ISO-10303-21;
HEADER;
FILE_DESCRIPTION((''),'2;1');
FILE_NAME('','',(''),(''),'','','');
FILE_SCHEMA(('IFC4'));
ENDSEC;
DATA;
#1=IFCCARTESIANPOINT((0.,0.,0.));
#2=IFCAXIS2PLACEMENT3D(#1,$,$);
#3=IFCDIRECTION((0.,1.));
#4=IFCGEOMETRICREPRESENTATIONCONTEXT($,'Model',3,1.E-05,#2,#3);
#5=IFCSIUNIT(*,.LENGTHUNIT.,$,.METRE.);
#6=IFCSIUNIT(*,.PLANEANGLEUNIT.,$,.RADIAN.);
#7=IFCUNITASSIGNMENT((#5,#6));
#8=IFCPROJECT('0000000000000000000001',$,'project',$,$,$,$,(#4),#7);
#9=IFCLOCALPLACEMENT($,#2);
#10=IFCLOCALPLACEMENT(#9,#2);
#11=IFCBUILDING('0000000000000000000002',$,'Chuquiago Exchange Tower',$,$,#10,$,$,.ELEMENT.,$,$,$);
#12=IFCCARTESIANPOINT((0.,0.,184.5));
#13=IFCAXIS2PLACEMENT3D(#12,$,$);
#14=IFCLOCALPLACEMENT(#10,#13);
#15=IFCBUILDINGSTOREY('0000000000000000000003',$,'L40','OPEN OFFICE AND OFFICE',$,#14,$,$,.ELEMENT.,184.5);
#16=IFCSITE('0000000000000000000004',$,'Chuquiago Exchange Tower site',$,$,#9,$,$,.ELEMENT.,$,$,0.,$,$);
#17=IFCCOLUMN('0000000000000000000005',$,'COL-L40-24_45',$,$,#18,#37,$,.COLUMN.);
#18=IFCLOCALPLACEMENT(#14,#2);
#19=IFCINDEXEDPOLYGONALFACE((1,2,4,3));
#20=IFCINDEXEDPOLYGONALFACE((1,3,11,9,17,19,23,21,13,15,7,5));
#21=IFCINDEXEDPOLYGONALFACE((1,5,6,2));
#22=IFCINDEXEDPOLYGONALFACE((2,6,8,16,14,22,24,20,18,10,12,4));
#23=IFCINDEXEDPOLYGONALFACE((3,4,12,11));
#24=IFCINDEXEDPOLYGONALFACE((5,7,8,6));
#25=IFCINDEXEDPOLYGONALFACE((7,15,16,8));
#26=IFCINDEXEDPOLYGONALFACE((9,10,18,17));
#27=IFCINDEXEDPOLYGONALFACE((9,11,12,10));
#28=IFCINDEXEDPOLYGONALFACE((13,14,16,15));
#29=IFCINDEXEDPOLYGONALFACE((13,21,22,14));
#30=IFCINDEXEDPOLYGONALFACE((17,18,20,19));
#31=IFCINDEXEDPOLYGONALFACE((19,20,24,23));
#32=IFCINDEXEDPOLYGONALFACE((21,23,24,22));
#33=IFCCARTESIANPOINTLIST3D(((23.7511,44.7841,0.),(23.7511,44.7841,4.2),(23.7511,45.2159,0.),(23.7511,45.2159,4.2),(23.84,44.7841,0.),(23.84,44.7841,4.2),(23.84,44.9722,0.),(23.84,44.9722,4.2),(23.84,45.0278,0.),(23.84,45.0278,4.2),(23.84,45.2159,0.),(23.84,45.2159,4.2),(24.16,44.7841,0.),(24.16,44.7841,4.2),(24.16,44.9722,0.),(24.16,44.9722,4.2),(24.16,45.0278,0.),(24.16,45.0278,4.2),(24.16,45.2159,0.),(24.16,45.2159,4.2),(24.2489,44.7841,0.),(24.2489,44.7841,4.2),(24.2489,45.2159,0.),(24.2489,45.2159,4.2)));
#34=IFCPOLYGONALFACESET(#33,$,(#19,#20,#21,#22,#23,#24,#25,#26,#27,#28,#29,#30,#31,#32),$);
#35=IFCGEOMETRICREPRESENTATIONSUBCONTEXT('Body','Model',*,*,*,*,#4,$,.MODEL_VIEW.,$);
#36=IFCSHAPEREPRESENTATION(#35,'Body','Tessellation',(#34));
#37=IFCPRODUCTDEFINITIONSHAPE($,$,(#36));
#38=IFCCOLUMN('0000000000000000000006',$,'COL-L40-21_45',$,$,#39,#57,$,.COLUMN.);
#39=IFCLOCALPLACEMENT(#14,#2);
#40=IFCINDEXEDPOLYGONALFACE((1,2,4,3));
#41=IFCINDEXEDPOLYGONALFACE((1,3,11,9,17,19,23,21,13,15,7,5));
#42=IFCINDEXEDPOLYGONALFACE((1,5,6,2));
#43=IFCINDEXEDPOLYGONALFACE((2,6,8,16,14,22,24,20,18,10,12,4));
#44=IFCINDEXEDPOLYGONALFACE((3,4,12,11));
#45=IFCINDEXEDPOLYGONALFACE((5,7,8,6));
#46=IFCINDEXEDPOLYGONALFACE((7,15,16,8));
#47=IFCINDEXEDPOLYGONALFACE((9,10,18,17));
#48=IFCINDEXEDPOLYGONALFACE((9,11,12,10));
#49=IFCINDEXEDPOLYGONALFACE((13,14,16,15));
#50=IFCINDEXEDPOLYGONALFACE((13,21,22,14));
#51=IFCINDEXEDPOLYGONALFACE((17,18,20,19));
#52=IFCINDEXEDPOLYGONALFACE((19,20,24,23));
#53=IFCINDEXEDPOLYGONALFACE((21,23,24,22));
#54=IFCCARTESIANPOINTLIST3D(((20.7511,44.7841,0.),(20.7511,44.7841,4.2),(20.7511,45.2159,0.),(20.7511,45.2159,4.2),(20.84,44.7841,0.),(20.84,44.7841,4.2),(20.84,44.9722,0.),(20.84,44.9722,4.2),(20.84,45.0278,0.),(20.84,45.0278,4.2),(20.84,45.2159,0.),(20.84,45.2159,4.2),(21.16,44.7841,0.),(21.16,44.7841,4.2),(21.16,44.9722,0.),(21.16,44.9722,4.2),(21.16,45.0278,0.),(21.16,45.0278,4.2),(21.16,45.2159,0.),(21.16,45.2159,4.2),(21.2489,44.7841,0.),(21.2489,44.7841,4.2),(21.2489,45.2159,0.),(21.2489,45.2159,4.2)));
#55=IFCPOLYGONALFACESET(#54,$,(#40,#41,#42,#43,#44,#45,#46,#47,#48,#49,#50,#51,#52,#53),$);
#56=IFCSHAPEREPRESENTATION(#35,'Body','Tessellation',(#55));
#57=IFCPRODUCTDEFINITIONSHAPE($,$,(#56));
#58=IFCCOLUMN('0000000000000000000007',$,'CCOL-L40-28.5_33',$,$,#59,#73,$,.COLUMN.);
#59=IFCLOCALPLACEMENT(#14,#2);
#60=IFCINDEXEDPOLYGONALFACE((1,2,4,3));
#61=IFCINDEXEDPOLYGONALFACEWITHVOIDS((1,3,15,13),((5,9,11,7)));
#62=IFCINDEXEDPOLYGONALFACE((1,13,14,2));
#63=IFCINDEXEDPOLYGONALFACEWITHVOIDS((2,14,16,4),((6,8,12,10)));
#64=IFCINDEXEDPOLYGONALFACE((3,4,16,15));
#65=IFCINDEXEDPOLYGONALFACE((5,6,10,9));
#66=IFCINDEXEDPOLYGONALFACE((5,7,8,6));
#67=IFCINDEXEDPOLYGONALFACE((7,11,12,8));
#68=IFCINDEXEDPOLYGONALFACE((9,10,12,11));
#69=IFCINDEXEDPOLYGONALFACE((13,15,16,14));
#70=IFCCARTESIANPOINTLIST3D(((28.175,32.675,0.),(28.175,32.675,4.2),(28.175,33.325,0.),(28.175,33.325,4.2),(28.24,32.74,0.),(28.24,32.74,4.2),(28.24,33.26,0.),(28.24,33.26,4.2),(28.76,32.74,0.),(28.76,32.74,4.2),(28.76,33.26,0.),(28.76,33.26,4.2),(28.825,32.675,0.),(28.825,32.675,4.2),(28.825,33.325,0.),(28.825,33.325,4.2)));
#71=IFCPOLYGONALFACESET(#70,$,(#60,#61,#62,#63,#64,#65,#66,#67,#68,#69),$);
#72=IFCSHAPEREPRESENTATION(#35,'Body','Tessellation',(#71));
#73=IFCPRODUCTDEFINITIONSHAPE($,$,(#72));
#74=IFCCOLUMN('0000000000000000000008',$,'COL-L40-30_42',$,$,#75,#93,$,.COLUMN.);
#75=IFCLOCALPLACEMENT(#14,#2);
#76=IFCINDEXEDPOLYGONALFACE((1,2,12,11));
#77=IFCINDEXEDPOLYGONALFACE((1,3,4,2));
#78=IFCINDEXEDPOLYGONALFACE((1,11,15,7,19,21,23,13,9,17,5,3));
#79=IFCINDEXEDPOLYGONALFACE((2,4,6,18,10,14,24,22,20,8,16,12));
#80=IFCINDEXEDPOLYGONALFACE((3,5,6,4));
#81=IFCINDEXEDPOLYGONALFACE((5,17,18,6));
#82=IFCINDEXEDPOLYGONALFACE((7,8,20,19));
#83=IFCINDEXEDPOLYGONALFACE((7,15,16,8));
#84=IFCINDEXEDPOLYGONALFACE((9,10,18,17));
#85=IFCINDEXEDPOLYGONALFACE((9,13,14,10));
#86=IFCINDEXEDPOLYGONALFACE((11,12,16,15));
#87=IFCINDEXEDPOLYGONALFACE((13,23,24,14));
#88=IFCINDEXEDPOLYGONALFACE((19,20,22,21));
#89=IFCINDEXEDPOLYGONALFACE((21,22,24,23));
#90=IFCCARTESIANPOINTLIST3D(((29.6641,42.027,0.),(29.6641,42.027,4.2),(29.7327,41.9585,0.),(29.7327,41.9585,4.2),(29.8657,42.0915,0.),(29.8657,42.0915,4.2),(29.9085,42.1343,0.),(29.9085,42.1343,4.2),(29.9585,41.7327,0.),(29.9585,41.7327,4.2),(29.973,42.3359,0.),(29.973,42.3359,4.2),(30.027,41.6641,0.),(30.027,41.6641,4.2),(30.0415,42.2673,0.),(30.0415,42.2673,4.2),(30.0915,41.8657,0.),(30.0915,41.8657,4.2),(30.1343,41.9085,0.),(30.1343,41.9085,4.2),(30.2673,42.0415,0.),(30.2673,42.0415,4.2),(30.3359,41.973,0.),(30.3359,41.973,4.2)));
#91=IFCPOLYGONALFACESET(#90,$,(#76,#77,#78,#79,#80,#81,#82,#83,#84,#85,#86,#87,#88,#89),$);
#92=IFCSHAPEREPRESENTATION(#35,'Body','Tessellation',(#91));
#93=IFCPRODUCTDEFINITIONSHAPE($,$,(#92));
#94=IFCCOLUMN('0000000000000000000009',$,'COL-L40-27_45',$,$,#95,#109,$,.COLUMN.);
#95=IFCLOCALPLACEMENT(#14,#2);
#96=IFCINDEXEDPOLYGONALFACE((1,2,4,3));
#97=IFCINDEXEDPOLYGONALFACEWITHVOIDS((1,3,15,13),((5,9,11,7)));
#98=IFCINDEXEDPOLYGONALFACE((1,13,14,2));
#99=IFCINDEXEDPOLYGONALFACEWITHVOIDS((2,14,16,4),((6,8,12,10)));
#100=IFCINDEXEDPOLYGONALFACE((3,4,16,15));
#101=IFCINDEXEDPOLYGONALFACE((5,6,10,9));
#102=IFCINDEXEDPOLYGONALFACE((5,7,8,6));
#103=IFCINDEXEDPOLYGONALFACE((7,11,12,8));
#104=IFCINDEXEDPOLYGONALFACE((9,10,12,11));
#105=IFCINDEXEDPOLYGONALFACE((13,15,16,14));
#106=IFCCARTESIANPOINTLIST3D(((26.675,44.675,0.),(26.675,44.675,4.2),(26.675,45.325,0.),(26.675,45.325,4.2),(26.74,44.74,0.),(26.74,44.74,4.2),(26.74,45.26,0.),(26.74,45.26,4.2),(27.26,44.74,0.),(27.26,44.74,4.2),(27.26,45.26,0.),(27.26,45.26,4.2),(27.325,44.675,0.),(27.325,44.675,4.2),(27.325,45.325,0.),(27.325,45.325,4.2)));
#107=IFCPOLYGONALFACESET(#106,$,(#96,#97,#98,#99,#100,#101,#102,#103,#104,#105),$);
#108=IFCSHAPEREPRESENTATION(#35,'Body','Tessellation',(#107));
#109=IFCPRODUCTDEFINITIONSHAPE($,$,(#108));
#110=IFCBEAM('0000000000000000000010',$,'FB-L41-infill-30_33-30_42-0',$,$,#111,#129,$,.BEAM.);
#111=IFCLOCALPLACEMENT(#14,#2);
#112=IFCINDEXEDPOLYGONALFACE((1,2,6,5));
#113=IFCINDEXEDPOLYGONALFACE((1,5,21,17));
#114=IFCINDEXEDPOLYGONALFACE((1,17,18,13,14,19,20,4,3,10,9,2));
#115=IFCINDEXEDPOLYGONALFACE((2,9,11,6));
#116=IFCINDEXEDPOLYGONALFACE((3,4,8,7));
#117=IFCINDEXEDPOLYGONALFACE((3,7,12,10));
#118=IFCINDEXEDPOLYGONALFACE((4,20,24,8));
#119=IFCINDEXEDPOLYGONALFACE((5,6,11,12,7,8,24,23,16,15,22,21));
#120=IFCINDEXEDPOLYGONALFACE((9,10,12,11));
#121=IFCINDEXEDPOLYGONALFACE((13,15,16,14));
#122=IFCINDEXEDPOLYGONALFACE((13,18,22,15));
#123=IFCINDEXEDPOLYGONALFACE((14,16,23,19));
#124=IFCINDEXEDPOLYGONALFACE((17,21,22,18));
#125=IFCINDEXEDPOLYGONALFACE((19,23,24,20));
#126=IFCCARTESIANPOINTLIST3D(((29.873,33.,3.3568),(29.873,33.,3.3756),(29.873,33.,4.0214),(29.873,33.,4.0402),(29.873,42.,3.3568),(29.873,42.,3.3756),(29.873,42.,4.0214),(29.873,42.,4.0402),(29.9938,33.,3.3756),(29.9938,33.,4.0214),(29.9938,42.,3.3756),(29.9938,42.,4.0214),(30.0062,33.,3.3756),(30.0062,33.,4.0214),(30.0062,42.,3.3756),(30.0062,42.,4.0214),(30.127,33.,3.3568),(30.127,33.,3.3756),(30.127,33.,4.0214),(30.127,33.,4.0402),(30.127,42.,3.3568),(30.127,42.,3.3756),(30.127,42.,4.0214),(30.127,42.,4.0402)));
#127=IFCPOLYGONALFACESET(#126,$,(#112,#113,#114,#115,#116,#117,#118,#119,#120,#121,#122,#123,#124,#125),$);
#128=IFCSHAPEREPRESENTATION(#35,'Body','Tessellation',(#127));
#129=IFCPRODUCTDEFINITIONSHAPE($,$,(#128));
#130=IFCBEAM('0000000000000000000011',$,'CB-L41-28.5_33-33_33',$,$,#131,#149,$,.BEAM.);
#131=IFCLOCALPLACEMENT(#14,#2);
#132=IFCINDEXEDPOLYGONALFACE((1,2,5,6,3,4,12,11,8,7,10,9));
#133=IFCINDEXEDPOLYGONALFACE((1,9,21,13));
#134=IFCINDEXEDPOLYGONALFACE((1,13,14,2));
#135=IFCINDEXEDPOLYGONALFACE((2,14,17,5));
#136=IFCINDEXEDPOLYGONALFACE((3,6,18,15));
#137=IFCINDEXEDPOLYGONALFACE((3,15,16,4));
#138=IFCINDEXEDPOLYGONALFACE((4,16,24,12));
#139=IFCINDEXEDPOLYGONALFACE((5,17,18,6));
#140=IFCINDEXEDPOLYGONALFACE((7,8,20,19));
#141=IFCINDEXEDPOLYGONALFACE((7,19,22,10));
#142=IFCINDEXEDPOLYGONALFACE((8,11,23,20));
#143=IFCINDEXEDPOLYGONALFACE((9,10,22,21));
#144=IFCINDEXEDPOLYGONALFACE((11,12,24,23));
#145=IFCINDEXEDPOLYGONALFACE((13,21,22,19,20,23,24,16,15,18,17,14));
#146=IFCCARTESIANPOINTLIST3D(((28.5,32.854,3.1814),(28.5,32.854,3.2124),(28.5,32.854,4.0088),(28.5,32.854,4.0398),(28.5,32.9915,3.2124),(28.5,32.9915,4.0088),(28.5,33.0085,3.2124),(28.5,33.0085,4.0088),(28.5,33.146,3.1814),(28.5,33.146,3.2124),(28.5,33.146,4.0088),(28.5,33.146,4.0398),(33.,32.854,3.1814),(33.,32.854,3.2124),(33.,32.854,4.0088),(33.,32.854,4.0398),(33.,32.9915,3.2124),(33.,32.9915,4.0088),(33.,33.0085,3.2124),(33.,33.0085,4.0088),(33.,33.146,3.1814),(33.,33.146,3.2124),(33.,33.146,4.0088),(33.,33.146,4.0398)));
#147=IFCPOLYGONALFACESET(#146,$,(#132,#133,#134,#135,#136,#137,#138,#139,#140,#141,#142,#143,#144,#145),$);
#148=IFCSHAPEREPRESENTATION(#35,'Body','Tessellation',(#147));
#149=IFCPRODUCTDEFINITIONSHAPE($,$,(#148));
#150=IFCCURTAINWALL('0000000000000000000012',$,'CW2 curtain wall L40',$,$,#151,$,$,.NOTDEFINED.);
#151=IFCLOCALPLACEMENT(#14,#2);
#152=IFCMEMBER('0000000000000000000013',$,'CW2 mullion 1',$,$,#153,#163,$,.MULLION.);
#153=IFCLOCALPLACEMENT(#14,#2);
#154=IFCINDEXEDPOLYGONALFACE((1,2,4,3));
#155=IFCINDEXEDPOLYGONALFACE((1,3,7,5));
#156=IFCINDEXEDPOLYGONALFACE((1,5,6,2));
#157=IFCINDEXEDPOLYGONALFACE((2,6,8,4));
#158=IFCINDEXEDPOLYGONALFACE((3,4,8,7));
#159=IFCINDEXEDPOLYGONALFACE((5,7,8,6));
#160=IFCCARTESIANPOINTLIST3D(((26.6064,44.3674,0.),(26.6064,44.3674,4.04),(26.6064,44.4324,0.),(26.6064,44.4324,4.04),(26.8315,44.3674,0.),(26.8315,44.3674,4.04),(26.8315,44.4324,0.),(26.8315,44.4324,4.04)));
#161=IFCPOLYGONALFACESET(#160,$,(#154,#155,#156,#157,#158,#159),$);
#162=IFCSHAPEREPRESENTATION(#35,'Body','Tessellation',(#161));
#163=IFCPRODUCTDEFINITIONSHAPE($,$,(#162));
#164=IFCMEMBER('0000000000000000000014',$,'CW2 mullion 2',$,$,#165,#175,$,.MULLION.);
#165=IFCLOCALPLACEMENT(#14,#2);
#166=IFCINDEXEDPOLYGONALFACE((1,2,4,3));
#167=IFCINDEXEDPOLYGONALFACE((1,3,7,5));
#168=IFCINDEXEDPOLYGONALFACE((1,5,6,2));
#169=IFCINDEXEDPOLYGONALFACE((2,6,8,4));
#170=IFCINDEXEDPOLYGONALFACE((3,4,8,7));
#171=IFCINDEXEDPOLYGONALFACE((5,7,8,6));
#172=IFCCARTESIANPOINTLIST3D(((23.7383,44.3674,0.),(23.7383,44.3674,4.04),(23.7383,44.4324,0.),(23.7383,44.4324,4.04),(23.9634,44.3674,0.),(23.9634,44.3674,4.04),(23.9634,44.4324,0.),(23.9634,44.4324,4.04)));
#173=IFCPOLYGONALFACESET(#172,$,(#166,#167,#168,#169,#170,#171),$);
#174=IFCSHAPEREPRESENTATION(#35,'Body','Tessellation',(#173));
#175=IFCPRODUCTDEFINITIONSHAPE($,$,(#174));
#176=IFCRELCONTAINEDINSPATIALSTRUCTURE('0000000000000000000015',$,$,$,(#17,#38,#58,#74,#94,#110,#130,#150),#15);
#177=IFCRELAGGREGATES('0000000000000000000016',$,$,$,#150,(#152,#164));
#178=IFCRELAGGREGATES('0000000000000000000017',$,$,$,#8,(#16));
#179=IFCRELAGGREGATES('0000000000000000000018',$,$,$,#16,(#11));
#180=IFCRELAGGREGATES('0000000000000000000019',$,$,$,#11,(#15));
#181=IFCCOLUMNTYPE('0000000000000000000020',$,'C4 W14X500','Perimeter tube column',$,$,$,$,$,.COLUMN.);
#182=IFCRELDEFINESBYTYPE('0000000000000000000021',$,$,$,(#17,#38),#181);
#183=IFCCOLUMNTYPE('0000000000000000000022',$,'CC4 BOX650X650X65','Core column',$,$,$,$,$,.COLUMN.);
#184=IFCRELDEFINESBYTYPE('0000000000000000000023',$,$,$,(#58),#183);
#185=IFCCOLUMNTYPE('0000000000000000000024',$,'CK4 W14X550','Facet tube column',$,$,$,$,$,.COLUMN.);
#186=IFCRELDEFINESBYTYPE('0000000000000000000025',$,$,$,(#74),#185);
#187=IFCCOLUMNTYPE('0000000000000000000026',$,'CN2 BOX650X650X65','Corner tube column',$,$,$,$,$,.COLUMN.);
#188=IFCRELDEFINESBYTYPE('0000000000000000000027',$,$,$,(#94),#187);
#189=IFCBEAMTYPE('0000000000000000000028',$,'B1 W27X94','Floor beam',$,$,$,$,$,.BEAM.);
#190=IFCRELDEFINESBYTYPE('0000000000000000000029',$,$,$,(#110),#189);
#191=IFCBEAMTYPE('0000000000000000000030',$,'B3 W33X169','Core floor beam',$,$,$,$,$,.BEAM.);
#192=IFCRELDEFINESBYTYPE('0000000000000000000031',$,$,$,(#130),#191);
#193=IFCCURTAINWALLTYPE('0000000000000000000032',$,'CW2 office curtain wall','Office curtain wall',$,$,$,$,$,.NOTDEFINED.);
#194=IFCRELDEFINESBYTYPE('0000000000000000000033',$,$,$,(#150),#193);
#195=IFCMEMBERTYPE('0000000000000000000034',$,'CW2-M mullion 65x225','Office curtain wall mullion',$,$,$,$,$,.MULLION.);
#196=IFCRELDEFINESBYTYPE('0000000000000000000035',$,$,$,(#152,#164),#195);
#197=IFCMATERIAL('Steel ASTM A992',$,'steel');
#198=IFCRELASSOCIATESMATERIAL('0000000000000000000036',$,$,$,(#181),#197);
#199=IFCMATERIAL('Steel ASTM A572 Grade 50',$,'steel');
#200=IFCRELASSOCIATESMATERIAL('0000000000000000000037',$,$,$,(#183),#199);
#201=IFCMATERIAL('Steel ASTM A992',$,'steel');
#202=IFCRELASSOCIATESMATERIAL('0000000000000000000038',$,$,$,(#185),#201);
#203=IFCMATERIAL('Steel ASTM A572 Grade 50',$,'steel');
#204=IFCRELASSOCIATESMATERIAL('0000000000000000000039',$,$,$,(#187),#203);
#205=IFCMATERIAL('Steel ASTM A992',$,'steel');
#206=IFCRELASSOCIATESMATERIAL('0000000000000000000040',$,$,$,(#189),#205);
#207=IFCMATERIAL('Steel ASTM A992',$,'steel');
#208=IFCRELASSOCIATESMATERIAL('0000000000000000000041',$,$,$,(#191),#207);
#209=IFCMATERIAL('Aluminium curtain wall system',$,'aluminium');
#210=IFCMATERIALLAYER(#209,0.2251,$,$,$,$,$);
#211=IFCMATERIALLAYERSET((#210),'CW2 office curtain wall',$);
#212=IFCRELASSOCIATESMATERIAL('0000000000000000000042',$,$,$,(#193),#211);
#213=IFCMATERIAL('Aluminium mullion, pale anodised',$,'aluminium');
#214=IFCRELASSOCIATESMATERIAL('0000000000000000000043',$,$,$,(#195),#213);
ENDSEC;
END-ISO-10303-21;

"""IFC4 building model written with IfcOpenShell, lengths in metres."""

from ifc_helpers import new_model, si_unit, direction, frame, origin, origin_2d, place, context, subcontext, project, spatial, rectangle, hollow_rectangle, i_section, extrude, material, layer, layer_set, material_profile, profile_set, type_object, element, aggregate, save


model = new_model("IFC4")

# Units and contexts
model_context = context("Model", 3, precision=1e-05, world=origin(), true_north=direction((0.0, 1.0)))
body_context = subcontext(model_context, "Body", "Model", "MODEL_VIEW")
ifc_project = project(units=[si_unit("LENGTHUNIT", "METRE"), si_unit("PLANEANGLEUNIT", "RADIAN")], contexts=[model_context])

# Site, building, storey
site_placement = place(None, origin())
site = spatial("IfcSite", under=ifc_project, at=site_placement, Name="Chuquiago Exchange Tower site", CompositionType="ELEMENT", RefElevation=0.0)
building_placement = place(site_placement, origin())
building = spatial("IfcBuilding", under=site, at=building_placement, Name="Chuquiago Exchange Tower", CompositionType="ELEMENT")
storey_placement = place(building_placement, frame((0.0, 0.0, 184.5)))
storey = spatial("IfcBuildingStorey", under=building, at=storey_placement, Name="L40", Description="OPEN OFFICE AND OFFICE", CompositionType="ELEMENT", Elevation=184.5)

# Columns
ifc_material_1 = material(Name="Steel ASTM A992", Category="steel")
ifc_material_profile_1 = material_profile(ifc_material_1, i_section(OverallWidth=0.4319, OverallDepth=0.4978, WebThickness=0.0557, FlangeThickness=0.0889, at=origin_2d()), Name="W14X500")
ifc_profile_set_1 = profile_set([ifc_material_profile_1], Name="Steel ASTM A992")
column_type_1 = type_object("IfcColumnType", Name="C4 W14X500", Description="Perimeter tube column", PredefinedType="COLUMN", material=ifc_profile_set_1)
for number, where, z_axis, x_axis, name in (
    (1, (24.0, 45.0, 0.0), (0.0, 0.0, 1.0), (0.0, 1.0, 0.0), "COL-L40-24_45"),
    (2, (21.0, 45.0, 0.0), (0.0, 0.0, 1.0), (0.0, 1.0, 0.0), "COL-L40-21_45"),
):
    element("IfcColumn", number, at=place(storey_placement, frame(where, z_axis=z_axis, x_axis=x_axis)), inside=storey, type_object=column_type_1, Name=name, PredefinedType="COLUMN", context=body_context, shape_type="SweptSolid", body=[
        extrude(i_section(OverallWidth=0.4319, OverallDepth=0.4978, WebThickness=0.0557, FlangeThickness=0.0889, at=origin_2d()), origin(), (0.0, 0.0, 1.0), 4.2),
    ])
ifc_material_2 = material(Name="Steel ASTM A572 Grade 50", Category="steel")
ifc_material_profile_2 = material_profile(ifc_material_2, hollow_rectangle(XDim=0.6499, YDim=0.6499, WallThickness=0.0649, at=origin_2d()), Name="BOX650X650X65")
ifc_profile_set_2 = profile_set([ifc_material_profile_2], Name="Steel ASTM A572 Grade 50")
column_type_2 = type_object("IfcColumnType", Name="CC4 BOX650X650X65", Description="Core column", PredefinedType="COLUMN", material=ifc_profile_set_2)
column_1_placement = place(storey_placement, frame((28.5, 33.0, 0.0), z_axis=(0.0, 0.0, 1.0), x_axis=(1.0, 0.0, 0.0)))
element("IfcColumn", 3, at=column_1_placement, inside=storey, type_object=column_type_2, Name="CCOL-L40-28.5_33", PredefinedType="COLUMN", context=body_context, shape_type="SweptSolid", body=[
    extrude(hollow_rectangle(XDim=0.6499, YDim=0.6499, WallThickness=0.0649, at=origin_2d()), origin(), (0.0, 0.0, 1.0), 4.2),
])
ifc_material_3 = material(Name="Steel ASTM A992", Category="steel")
ifc_material_profile_3 = material_profile(ifc_material_3, i_section(OverallWidth=0.4368, OverallDepth=0.5132, WebThickness=0.0605, FlangeThickness=0.0969, at=origin_2d()), Name="W14X550")
ifc_profile_set_3 = profile_set([ifc_material_profile_3], Name="Steel ASTM A992")
column_type_3 = type_object("IfcColumnType", Name="CK4 W14X550", Description="Facet tube column", PredefinedType="COLUMN", material=ifc_profile_set_3)
column_2_placement = place(storey_placement, frame((30.0, 42.0, 0.0), z_axis=(0.0, 0.0, 1.0), x_axis=(0.707107, 0.707107, 0.0)))
element("IfcColumn", 4, at=column_2_placement, inside=storey, type_object=column_type_3, Name="COL-L40-30_42", PredefinedType="COLUMN", context=body_context, shape_type="SweptSolid", body=[
    extrude(i_section(OverallWidth=0.4368, OverallDepth=0.5132, WebThickness=0.0605, FlangeThickness=0.0969, at=origin_2d()), origin(), (0.0, 0.0, 1.0), 4.2),
])
ifc_material_4 = material(Name="Steel ASTM A572 Grade 50", Category="steel")
ifc_material_profile_4 = material_profile(ifc_material_4, hollow_rectangle(XDim=0.6499, YDim=0.6499, WallThickness=0.0649, at=origin_2d()), Name="BOX650X650X65")
ifc_profile_set_4 = profile_set([ifc_material_profile_4], Name="Steel ASTM A572 Grade 50")
column_type_4 = type_object("IfcColumnType", Name="CN2 BOX650X650X65", Description="Corner tube column", PredefinedType="COLUMN", material=ifc_profile_set_4)
column_3_placement = place(storey_placement, frame((27.0, 45.0, 0.0), z_axis=(0.0, 0.0, 1.0), x_axis=(0.0, 1.0, 0.0)))
element("IfcColumn", 5, at=column_3_placement, inside=storey, type_object=column_type_4, Name="COL-L40-27_45", PredefinedType="COLUMN", context=body_context, shape_type="SweptSolid", body=[
    extrude(hollow_rectangle(XDim=0.6499, YDim=0.6499, WallThickness=0.0649, at=origin_2d()), origin(), (0.0, 0.0, 1.0), 4.2),
])

# Beams
ifc_material_5 = material(Name="Steel ASTM A992", Category="steel")
ifc_material_profile_5 = material_profile(ifc_material_5, i_section(OverallWidth=0.2539, OverallDepth=0.6833, WebThickness=0.0125, FlangeThickness=0.0188, at=origin_2d()), Name="W27X94")
ifc_profile_set_5 = profile_set([ifc_material_profile_5], Name="Steel ASTM A992")
beam_type_1 = type_object("IfcBeamType", Name="B1 W27X94", Description="Floor beam", PredefinedType="BEAM", material=ifc_profile_set_5)
beam_1_placement = place(storey_placement, frame((30.0, 33.0, 3.6985), z_axis=(0.0, 1.0, 0.0), x_axis=(-1.0, 0.0, 0.0)))
element("IfcBeam", 6, at=beam_1_placement, inside=storey, type_object=beam_type_1, Name="FB-L41-infill-30_33-30_42-0", PredefinedType="BEAM", context=body_context, shape_type="SweptSolid", body=[
    extrude(i_section(OverallWidth=0.2539, OverallDepth=0.6833, WebThickness=0.0125, FlangeThickness=0.0188, at=origin_2d()), origin(), (0.0, 0.0, 1.0), 9.0),
])
ifc_material_6 = material(Name="Steel ASTM A992", Category="steel")
ifc_material_profile_6 = material_profile(ifc_material_6, i_section(OverallWidth=0.292, OverallDepth=0.8584, WebThickness=0.0171, FlangeThickness=0.031, at=origin_2d()), Name="W33X169")
ifc_profile_set_6 = profile_set([ifc_material_profile_6], Name="Steel ASTM A992")
beam_type_2 = type_object("IfcBeamType", Name="B3 W33X169", Description="Core floor beam", PredefinedType="BEAM", material=ifc_profile_set_6)
beam_2_placement = place(storey_placement, frame((28.5, 33.0, 3.6106), z_axis=(1.0, 0.0, 0.0), x_axis=(0.0, 1.0, 0.0)))
element("IfcBeam", 7, at=beam_2_placement, inside=storey, type_object=beam_type_2, Name="CB-L41-28.5_33-33_33", PredefinedType="BEAM", context=body_context, shape_type="SweptSolid", body=[
    extrude(i_section(OverallWidth=0.292, OverallDepth=0.8584, WebThickness=0.0171, FlangeThickness=0.031, at=origin_2d()), origin(), (0.0, 0.0, 1.0), 4.5),
])

# Curtain wall, members
ifc_material_7 = material(Name="Aluminium curtain wall system", Category="aluminium")
ifc_layer_1 = layer(ifc_material_7, 0.2251)
ifc_layer_set_1 = layer_set([ifc_layer_1], Name="CW2 office curtain wall")
curtain_wall_type_1 = type_object("IfcCurtainWallType", Name="CW2 office curtain wall", Description="Office curtain wall", PredefinedType="NOTDEFINED", material=ifc_layer_set_1)
curtain_wall_1_placement = place(storey_placement, origin())
curtain_wall_1 = element("IfcCurtainWall", 8, at=curtain_wall_1_placement, inside=storey, type_object=curtain_wall_type_1, Name="CW2 curtain wall L40", PredefinedType="NOTDEFINED")
ifc_material_8 = material(Name="Aluminium mullion, pale anodised", Category="aluminium")
ifc_material_profile_7 = material_profile(ifc_material_8, rectangle(XDim=0.0649, YDim=0.2251, at=origin_2d()), Name="AL 65x225")
ifc_profile_set_7 = profile_set([ifc_material_profile_7], Name="Aluminium mullion, pale anodised")
member_type_1 = type_object("IfcMemberType", Name="CW2-M mullion 65x225", Description="Office curtain wall mullion", PredefinedType="MULLION", material=ifc_profile_set_7)
member_1_placement = place(storey_placement, frame((26.719, 44.3999, 0.0), z_axis=(0.0, 0.0, 1.0), x_axis=(0.0, -1.0, 0.0)))
member_1 = element("IfcMember", 9, at=member_1_placement, type_object=member_type_1, Name="CW2 mullion 1", PredefinedType="MULLION", context=body_context, shape_type="SweptSolid", body=[
    extrude(rectangle(XDim=0.0649, YDim=0.2251, at=origin_2d()), origin(), (0.0, 0.0, 1.0), 4.04),
])
member_2_placement = place(storey_placement, frame((23.8508, 44.3999, 0.0), z_axis=(0.0, 0.0, 1.0), x_axis=(0.0, -1.0, 0.0)))
member_2 = element("IfcMember", 10, at=member_2_placement, type_object=member_type_1, Name="CW2 mullion 2", PredefinedType="MULLION", context=body_context, shape_type="SweptSolid", body=[
    extrude(rectangle(XDim=0.0649, YDim=0.2251, at=origin_2d()), origin(), (0.0, 0.0, 1.0), 4.04),
])

aggregate(curtain_wall_1, [member_1, member_2])

save(model, "model.ifc")
